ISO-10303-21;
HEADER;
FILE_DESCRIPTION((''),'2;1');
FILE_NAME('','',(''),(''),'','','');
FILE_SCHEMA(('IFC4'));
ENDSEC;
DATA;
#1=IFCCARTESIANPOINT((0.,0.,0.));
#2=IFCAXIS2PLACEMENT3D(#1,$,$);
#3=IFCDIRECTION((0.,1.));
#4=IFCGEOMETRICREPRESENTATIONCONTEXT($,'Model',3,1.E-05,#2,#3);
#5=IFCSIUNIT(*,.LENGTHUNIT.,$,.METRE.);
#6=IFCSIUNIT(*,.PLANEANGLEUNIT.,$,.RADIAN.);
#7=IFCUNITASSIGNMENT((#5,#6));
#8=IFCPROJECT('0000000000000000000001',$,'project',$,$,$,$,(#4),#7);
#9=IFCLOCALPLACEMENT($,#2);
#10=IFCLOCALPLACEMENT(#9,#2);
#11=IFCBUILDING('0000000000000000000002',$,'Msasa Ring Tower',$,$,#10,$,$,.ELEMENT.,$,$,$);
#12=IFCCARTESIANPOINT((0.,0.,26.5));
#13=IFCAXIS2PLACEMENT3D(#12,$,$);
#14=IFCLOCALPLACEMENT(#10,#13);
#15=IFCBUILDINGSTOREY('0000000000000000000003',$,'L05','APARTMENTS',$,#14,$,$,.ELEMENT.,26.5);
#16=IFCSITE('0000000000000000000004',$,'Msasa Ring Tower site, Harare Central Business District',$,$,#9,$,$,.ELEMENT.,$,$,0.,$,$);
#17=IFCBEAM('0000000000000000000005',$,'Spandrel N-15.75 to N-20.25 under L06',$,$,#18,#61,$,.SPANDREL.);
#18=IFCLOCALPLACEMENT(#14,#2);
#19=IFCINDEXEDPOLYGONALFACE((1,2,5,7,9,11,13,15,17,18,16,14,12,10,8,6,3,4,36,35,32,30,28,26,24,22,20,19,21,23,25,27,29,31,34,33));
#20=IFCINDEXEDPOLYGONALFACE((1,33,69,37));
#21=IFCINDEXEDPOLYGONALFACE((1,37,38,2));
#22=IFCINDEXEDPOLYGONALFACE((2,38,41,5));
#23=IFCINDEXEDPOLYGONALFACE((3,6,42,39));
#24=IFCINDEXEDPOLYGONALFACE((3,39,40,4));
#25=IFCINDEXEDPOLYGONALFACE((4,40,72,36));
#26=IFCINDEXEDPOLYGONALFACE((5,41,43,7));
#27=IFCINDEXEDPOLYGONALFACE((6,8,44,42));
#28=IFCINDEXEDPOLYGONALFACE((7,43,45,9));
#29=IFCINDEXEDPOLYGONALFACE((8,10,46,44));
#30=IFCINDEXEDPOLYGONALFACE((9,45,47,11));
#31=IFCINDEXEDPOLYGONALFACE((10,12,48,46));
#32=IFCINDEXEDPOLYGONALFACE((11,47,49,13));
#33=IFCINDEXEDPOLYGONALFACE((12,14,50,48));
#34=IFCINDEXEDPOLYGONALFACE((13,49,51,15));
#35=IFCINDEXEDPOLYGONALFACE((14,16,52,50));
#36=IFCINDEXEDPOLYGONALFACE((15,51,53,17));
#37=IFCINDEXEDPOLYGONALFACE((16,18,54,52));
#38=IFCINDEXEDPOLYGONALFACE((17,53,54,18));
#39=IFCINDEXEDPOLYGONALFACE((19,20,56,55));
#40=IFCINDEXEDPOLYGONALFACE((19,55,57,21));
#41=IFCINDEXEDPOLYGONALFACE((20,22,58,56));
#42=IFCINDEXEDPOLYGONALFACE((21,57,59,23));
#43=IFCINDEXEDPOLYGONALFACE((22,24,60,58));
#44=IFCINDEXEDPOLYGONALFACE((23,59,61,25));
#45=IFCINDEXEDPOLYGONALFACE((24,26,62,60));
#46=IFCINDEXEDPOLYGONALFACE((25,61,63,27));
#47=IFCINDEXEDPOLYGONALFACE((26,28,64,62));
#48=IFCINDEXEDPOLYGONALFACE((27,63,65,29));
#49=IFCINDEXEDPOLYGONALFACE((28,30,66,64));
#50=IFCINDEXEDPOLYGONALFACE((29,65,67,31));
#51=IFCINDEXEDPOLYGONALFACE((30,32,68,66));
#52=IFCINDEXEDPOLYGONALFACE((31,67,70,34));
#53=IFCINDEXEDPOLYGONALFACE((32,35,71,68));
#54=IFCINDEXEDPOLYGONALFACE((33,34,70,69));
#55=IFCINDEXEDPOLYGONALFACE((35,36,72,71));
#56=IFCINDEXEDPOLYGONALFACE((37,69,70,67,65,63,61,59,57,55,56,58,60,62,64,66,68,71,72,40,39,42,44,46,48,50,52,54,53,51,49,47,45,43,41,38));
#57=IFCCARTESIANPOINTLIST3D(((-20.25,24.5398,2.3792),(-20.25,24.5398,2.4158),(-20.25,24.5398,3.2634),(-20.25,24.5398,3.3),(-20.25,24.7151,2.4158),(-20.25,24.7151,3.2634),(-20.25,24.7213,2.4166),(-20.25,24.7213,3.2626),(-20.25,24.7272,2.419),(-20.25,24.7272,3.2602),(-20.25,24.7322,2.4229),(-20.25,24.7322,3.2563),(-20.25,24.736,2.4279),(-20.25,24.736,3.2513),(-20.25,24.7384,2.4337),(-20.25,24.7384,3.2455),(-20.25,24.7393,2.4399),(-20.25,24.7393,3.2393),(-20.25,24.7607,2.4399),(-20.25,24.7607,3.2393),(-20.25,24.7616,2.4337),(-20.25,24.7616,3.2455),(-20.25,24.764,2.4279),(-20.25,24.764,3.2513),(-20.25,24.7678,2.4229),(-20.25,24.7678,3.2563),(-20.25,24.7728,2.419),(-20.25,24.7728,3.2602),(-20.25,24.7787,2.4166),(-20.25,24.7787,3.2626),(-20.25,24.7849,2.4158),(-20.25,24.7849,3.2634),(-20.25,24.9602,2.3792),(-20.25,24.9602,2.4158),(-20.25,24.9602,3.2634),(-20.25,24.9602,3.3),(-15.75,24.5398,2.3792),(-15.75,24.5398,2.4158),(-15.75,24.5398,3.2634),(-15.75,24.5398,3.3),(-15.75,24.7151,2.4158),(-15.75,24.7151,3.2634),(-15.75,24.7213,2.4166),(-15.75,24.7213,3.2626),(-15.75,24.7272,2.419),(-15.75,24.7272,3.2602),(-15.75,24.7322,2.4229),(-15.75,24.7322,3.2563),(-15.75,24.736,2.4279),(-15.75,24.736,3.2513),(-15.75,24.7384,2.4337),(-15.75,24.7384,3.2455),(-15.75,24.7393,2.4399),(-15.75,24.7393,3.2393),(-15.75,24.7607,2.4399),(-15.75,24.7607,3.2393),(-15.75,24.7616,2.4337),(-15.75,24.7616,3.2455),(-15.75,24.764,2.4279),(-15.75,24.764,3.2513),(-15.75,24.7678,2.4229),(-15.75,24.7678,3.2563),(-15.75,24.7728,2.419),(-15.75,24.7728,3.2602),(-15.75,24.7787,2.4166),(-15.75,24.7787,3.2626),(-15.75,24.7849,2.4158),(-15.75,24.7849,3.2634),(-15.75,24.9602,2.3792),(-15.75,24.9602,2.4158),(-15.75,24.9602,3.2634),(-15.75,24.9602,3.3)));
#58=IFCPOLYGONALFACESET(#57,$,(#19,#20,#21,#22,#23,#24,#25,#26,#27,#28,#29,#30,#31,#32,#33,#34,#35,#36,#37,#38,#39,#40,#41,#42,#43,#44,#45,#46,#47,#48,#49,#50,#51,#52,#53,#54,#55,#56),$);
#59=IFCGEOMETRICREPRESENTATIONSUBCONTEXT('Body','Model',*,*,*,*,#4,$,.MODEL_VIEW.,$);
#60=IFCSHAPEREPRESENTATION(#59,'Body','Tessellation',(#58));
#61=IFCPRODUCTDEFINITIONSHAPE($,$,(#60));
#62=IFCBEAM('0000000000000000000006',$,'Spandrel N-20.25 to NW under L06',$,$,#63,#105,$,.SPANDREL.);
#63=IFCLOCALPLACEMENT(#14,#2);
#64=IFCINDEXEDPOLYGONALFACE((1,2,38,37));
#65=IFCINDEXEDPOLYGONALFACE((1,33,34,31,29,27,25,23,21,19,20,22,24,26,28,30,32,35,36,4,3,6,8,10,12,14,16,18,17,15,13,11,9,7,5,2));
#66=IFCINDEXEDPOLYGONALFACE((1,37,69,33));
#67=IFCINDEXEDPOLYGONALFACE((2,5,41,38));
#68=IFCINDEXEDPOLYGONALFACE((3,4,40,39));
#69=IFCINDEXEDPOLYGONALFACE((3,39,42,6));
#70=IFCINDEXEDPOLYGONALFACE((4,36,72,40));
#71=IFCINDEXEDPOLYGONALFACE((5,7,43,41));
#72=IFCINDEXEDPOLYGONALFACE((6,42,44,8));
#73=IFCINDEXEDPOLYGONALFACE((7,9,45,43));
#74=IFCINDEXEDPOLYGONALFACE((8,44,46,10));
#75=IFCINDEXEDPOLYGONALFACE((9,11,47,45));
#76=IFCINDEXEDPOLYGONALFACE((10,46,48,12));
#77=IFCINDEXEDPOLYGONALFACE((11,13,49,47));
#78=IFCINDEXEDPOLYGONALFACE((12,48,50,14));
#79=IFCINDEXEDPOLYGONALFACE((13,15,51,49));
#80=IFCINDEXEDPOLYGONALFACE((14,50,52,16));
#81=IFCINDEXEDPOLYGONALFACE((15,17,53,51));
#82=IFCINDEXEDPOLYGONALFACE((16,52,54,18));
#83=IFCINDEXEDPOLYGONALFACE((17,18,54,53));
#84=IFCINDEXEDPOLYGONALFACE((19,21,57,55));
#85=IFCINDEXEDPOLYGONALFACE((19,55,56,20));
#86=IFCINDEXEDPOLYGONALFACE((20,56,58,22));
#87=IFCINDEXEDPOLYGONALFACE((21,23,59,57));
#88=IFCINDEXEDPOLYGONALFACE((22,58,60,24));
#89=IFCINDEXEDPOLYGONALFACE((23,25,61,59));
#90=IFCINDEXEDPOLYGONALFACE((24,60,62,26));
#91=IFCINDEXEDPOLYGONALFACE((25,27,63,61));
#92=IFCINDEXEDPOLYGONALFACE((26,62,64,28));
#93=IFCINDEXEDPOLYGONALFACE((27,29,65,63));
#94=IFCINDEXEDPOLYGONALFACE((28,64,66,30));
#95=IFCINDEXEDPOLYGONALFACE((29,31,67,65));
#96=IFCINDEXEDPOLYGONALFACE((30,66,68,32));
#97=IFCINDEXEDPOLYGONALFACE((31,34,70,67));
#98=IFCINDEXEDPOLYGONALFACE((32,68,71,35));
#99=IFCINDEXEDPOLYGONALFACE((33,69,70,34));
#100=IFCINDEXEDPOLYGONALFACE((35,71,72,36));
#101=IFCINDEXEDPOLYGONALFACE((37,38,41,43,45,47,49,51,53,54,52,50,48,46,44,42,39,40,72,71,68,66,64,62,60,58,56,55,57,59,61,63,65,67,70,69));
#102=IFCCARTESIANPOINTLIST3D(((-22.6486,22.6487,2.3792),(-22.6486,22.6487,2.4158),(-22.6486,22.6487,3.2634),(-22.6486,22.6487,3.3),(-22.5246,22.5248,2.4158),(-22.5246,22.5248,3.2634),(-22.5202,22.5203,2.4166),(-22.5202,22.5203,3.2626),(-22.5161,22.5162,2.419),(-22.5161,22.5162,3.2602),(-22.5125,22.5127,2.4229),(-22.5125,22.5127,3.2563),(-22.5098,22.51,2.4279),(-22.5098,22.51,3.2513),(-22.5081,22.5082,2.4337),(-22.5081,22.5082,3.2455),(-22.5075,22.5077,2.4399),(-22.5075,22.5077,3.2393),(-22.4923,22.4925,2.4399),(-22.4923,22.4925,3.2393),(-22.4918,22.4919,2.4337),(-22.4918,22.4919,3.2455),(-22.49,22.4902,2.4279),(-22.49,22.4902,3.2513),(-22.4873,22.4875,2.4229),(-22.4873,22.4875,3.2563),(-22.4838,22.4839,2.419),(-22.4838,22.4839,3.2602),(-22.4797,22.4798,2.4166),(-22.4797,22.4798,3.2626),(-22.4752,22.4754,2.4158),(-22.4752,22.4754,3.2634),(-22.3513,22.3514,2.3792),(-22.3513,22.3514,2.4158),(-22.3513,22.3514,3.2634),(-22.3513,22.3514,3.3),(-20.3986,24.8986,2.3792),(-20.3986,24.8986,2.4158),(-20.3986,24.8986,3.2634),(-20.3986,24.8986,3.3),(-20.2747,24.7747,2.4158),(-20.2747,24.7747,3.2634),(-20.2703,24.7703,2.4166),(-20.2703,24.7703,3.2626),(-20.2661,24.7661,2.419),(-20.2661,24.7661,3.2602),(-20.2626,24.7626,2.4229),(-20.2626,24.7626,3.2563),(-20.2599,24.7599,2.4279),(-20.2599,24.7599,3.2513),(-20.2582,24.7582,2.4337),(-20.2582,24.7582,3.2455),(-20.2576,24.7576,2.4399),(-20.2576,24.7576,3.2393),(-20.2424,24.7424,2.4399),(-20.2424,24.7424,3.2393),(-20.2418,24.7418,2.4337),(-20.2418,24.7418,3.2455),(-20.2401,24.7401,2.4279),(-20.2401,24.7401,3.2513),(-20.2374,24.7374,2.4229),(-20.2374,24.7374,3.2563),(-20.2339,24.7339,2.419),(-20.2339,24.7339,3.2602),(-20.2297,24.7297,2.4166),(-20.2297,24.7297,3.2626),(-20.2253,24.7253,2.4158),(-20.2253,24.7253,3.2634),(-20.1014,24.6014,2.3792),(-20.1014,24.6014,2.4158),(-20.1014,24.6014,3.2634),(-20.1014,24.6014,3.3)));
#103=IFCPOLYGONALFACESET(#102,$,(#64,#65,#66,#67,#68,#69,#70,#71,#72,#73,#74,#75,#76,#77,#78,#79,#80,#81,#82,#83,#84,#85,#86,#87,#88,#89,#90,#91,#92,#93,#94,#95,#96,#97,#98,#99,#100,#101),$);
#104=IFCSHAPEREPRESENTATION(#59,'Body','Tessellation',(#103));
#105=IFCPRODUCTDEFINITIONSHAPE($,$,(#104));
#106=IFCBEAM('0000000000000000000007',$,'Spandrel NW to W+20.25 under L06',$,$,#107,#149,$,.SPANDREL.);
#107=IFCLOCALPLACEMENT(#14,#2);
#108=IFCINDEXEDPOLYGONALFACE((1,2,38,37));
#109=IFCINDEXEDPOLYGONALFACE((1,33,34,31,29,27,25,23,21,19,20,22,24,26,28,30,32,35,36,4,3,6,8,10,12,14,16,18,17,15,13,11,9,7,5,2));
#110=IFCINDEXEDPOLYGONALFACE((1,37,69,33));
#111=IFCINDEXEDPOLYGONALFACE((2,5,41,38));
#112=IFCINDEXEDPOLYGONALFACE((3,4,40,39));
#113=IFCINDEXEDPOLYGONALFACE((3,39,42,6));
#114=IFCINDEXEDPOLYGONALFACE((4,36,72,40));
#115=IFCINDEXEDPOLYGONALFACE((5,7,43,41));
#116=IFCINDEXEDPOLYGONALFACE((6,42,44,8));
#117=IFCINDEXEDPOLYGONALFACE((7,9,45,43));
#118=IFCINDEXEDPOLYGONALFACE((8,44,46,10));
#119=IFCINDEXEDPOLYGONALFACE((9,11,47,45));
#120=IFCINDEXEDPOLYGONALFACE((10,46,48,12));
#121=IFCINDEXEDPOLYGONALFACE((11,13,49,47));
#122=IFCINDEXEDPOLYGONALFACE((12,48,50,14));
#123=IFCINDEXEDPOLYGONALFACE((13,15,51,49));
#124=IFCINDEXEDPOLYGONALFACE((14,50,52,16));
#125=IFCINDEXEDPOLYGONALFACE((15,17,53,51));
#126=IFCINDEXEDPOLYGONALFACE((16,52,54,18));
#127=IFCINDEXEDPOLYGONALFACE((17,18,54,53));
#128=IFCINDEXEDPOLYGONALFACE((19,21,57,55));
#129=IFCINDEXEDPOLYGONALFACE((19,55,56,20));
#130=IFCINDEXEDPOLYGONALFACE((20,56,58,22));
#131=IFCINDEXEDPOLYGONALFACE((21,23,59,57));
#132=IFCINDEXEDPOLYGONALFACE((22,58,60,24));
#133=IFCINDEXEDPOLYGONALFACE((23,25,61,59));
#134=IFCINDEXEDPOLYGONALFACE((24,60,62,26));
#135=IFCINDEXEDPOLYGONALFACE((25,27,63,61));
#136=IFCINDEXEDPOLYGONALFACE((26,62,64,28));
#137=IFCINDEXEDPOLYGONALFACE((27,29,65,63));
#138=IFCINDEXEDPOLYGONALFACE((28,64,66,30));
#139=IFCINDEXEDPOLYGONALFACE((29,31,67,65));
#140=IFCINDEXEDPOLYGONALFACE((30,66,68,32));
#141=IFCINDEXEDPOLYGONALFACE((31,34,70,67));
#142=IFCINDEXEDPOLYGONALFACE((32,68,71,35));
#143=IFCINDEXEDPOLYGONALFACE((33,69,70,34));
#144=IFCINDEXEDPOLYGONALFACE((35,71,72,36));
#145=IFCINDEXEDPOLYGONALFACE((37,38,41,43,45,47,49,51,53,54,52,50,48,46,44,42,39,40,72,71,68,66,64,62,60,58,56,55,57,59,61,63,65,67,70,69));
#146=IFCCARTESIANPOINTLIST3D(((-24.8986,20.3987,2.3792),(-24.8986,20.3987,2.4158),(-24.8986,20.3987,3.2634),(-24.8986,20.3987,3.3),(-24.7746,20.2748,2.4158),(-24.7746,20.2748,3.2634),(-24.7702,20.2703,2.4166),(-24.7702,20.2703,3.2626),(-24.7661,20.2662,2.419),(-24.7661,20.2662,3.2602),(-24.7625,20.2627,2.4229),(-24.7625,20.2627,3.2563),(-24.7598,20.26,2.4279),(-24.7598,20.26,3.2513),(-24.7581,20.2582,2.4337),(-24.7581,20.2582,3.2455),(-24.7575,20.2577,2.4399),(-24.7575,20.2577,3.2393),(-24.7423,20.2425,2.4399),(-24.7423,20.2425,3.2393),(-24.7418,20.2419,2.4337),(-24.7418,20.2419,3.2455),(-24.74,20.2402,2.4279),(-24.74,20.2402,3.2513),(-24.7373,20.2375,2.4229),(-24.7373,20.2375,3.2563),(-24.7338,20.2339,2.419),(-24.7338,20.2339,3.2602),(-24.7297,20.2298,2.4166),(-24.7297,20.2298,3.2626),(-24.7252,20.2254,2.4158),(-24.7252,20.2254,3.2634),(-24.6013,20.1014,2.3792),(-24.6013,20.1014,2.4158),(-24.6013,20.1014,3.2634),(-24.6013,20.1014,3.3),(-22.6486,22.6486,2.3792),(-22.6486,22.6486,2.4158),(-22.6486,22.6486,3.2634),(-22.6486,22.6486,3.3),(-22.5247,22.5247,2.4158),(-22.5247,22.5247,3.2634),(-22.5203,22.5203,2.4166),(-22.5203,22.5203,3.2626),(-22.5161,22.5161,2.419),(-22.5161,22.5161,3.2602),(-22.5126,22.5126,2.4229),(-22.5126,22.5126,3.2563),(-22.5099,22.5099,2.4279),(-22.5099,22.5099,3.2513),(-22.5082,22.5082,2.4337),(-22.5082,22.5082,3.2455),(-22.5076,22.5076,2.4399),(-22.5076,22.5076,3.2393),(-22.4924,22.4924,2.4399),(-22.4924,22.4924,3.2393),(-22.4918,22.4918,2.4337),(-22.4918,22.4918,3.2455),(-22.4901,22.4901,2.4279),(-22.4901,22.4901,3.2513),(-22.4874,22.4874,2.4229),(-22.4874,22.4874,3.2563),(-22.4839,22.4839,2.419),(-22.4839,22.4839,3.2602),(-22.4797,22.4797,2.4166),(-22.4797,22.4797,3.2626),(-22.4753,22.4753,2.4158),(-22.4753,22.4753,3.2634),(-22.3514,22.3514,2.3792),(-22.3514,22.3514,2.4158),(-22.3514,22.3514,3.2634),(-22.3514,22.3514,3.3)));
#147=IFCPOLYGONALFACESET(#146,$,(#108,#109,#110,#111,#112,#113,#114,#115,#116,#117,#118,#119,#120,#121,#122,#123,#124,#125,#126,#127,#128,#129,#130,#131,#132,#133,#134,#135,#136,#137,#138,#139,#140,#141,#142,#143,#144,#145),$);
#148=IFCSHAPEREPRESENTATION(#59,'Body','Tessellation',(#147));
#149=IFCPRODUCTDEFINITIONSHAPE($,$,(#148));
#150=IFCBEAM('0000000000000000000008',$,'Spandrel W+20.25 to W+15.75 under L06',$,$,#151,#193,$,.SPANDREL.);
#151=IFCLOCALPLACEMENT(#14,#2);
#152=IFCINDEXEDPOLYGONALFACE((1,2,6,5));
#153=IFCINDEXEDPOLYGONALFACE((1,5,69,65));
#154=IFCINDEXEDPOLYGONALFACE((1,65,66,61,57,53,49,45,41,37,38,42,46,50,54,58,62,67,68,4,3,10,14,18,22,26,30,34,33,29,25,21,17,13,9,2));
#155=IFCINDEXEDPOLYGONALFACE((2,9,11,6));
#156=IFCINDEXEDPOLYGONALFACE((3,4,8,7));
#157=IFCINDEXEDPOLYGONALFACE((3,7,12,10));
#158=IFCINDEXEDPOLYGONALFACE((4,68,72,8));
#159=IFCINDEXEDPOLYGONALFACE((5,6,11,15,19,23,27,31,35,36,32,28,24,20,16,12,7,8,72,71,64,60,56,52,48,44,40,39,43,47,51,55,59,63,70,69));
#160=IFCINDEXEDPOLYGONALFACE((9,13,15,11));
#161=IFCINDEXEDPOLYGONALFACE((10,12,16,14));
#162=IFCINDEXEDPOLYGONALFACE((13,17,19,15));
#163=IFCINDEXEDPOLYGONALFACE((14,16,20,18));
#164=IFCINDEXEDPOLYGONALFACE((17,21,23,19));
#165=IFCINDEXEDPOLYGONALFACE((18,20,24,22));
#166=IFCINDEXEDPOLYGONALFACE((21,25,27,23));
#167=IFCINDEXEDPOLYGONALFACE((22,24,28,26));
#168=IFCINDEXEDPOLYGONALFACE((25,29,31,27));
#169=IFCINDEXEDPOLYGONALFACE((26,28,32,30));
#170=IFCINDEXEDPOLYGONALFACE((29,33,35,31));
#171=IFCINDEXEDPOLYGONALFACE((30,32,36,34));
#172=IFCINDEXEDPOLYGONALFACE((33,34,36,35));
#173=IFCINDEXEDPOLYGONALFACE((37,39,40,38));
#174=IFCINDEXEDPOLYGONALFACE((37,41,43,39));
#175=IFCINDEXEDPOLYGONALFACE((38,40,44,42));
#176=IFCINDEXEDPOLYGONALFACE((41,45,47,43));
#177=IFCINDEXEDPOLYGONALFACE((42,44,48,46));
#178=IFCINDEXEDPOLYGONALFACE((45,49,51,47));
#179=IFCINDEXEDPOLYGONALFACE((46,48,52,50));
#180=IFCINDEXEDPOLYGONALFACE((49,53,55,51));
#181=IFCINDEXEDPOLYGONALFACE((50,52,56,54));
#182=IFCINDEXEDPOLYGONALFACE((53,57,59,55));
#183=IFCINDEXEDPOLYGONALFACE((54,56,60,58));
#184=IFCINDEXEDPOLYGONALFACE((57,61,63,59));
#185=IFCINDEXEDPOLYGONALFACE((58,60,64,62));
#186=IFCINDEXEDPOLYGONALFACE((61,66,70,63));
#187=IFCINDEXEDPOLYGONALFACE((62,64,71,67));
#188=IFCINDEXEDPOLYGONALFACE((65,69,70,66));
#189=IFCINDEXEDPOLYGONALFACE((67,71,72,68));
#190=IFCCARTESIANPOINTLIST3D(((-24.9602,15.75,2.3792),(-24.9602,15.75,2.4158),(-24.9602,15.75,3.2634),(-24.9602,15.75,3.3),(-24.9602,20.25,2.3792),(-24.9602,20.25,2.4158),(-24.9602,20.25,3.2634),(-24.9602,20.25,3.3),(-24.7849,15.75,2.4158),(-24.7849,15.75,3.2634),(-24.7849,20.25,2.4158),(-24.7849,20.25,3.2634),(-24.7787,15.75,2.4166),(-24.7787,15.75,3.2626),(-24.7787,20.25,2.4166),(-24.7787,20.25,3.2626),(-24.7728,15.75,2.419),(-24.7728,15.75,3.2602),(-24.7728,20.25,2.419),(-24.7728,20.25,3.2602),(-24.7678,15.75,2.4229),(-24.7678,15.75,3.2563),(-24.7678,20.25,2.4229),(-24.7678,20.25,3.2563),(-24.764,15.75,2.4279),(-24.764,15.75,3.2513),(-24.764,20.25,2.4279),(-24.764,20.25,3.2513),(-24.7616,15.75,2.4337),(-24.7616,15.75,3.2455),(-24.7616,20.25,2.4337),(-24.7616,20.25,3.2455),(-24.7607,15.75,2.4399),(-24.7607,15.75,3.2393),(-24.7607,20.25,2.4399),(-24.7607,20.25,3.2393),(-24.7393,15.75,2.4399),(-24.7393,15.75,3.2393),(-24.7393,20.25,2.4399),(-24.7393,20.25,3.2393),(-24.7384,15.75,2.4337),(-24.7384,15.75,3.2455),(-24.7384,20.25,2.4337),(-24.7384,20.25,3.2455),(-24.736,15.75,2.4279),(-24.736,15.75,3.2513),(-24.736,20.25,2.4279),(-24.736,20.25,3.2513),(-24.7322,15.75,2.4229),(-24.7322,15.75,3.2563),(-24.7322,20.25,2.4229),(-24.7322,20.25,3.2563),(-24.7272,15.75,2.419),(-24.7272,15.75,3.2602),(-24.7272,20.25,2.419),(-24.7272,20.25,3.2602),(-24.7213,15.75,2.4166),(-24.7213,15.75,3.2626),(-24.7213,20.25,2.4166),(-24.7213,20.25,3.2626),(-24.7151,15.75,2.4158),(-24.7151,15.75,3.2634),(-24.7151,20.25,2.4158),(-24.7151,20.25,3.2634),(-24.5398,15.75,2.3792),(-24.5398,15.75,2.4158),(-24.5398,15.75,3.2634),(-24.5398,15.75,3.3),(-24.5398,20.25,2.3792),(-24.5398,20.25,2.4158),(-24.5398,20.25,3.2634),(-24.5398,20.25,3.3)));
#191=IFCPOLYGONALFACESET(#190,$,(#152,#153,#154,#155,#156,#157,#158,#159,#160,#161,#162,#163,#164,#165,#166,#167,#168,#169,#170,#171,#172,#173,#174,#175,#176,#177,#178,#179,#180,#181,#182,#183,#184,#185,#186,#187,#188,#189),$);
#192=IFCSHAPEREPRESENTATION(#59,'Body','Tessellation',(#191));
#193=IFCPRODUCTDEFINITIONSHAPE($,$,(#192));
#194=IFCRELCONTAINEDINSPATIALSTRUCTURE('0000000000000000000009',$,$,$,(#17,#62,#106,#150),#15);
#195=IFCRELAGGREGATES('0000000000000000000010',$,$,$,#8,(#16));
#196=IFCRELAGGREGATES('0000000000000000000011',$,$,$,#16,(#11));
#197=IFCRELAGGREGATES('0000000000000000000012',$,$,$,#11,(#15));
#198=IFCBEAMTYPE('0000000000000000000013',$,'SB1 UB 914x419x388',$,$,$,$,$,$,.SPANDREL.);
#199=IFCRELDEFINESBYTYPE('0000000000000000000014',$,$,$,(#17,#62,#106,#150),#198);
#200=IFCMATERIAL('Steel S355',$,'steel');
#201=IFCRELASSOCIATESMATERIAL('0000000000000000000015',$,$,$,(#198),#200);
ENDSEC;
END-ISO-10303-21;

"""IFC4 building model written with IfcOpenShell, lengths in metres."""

from ifc_helpers import new_model, si_unit, direction, frame, origin, origin_2d, place, context, subcontext, project, spatial, i_section, extrude, material, material_profile, profile_set, type_object, element, save


model = new_model("IFC4")

# Units and contexts
model_context = context("Model", 3, precision=1e-05, world=origin(), true_north=direction((0.0, 1.0)))
body_context = subcontext(model_context, "Body", "Model", "MODEL_VIEW")
ifc_project = project(units=[si_unit("LENGTHUNIT", "METRE"), si_unit("PLANEANGLEUNIT", "RADIAN")], contexts=[model_context])

# Site, building, storey
site_placement = place(None, origin())
site = spatial("IfcSite", under=ifc_project, at=site_placement, Name="Msasa Ring Tower site, Harare Central Business District", CompositionType="ELEMENT", RefElevation=0.0)
building_placement = place(site_placement, origin())
building = spatial("IfcBuilding", under=site, at=building_placement, Name="Msasa Ring Tower", CompositionType="ELEMENT")
storey_placement = place(building_placement, frame((0.0, 0.0, 26.5)))
storey = spatial("IfcBuildingStorey", under=building, at=storey_placement, Name="L05", Description="APARTMENTS", CompositionType="ELEMENT", Elevation=26.5)

# Beams
ifc_material_1 = material(Name="Steel S355", Category="steel")
ifc_material_profile_1 = material_profile(ifc_material_1, i_section(OverallWidth=0.4204, OverallDepth=0.9209, WebThickness=0.0215, FlangeThickness=0.0366, FilletRadius=0.0242, at=origin_2d()), Name="UB 914x419x388")
ifc_profile_set_1 = profile_set([ifc_material_profile_1], Name="Steel S355")
beam_type_1 = type_object("IfcBeamType", Name="SB1 UB 914x419x388", PredefinedType="SPANDREL", material=ifc_profile_set_1)
beam_1_placement = place(storey_placement, frame((-15.75, 24.75, 2.8396), z_axis=(-1.0, 0.0, 0.0), x_axis=(0.0, -1.0, 0.0)))
element("IfcBeam", 1, at=beam_1_placement, inside=storey, type_object=beam_type_1, Name="Spandrel N-15.75 to N-20.25 under L06", PredefinedType="SPANDREL", context=body_context, shape_type="SweptSolid", body=[
    extrude(i_section(OverallWidth=0.4204, OverallDepth=0.9209, WebThickness=0.0215, FlangeThickness=0.0366, FilletRadius=0.0242, at=origin_2d()), origin(), (0.0, 0.0, 1.0), 4.5),
])
for number, where, z_axis, x_axis, name in (
    (2, (-20.25, 24.75, 2.8396), (-0.707107, -0.707107, 0.0), (0.707107, -0.707107, 0.0), "Spandrel N-20.25 to NW under L06"),
    (3, (-22.5, 22.5, 2.8396), (-0.707107, -0.707107, 0.0), (0.707107, -0.707107, 0.0), "Spandrel NW to W+20.25 under L06"),
):
    element("IfcBeam", number, at=place(storey_placement, frame(where, z_axis=z_axis, x_axis=x_axis)), inside=storey, type_object=beam_type_1, Name=name, PredefinedType="SPANDREL", context=body_context, shape_type="SweptSolid", body=[
        extrude(i_section(OverallWidth=0.4204, OverallDepth=0.9209, WebThickness=0.0215, FlangeThickness=0.0366, FilletRadius=0.0242, at=origin_2d()), origin(), (0.0, 0.0, 1.0), 3.1819),
    ])
beam_2_placement = place(storey_placement, frame((-24.75, 20.25, 2.8396), z_axis=(0.0, -1.0, 0.0), x_axis=(1.0, 0.0, 0.0)))
element("IfcBeam", 4, at=beam_2_placement, inside=storey, type_object=beam_type_1, Name="Spandrel W+20.25 to W+15.75 under L06", PredefinedType="SPANDREL", context=body_context, shape_type="SweptSolid", body=[
    extrude(i_section(OverallWidth=0.4204, OverallDepth=0.9209, WebThickness=0.0215, FlangeThickness=0.0366, FilletRadius=0.0242, at=origin_2d()), origin(), (0.0, 0.0, 1.0), 4.5),
])

save(model, "model.ifc")
